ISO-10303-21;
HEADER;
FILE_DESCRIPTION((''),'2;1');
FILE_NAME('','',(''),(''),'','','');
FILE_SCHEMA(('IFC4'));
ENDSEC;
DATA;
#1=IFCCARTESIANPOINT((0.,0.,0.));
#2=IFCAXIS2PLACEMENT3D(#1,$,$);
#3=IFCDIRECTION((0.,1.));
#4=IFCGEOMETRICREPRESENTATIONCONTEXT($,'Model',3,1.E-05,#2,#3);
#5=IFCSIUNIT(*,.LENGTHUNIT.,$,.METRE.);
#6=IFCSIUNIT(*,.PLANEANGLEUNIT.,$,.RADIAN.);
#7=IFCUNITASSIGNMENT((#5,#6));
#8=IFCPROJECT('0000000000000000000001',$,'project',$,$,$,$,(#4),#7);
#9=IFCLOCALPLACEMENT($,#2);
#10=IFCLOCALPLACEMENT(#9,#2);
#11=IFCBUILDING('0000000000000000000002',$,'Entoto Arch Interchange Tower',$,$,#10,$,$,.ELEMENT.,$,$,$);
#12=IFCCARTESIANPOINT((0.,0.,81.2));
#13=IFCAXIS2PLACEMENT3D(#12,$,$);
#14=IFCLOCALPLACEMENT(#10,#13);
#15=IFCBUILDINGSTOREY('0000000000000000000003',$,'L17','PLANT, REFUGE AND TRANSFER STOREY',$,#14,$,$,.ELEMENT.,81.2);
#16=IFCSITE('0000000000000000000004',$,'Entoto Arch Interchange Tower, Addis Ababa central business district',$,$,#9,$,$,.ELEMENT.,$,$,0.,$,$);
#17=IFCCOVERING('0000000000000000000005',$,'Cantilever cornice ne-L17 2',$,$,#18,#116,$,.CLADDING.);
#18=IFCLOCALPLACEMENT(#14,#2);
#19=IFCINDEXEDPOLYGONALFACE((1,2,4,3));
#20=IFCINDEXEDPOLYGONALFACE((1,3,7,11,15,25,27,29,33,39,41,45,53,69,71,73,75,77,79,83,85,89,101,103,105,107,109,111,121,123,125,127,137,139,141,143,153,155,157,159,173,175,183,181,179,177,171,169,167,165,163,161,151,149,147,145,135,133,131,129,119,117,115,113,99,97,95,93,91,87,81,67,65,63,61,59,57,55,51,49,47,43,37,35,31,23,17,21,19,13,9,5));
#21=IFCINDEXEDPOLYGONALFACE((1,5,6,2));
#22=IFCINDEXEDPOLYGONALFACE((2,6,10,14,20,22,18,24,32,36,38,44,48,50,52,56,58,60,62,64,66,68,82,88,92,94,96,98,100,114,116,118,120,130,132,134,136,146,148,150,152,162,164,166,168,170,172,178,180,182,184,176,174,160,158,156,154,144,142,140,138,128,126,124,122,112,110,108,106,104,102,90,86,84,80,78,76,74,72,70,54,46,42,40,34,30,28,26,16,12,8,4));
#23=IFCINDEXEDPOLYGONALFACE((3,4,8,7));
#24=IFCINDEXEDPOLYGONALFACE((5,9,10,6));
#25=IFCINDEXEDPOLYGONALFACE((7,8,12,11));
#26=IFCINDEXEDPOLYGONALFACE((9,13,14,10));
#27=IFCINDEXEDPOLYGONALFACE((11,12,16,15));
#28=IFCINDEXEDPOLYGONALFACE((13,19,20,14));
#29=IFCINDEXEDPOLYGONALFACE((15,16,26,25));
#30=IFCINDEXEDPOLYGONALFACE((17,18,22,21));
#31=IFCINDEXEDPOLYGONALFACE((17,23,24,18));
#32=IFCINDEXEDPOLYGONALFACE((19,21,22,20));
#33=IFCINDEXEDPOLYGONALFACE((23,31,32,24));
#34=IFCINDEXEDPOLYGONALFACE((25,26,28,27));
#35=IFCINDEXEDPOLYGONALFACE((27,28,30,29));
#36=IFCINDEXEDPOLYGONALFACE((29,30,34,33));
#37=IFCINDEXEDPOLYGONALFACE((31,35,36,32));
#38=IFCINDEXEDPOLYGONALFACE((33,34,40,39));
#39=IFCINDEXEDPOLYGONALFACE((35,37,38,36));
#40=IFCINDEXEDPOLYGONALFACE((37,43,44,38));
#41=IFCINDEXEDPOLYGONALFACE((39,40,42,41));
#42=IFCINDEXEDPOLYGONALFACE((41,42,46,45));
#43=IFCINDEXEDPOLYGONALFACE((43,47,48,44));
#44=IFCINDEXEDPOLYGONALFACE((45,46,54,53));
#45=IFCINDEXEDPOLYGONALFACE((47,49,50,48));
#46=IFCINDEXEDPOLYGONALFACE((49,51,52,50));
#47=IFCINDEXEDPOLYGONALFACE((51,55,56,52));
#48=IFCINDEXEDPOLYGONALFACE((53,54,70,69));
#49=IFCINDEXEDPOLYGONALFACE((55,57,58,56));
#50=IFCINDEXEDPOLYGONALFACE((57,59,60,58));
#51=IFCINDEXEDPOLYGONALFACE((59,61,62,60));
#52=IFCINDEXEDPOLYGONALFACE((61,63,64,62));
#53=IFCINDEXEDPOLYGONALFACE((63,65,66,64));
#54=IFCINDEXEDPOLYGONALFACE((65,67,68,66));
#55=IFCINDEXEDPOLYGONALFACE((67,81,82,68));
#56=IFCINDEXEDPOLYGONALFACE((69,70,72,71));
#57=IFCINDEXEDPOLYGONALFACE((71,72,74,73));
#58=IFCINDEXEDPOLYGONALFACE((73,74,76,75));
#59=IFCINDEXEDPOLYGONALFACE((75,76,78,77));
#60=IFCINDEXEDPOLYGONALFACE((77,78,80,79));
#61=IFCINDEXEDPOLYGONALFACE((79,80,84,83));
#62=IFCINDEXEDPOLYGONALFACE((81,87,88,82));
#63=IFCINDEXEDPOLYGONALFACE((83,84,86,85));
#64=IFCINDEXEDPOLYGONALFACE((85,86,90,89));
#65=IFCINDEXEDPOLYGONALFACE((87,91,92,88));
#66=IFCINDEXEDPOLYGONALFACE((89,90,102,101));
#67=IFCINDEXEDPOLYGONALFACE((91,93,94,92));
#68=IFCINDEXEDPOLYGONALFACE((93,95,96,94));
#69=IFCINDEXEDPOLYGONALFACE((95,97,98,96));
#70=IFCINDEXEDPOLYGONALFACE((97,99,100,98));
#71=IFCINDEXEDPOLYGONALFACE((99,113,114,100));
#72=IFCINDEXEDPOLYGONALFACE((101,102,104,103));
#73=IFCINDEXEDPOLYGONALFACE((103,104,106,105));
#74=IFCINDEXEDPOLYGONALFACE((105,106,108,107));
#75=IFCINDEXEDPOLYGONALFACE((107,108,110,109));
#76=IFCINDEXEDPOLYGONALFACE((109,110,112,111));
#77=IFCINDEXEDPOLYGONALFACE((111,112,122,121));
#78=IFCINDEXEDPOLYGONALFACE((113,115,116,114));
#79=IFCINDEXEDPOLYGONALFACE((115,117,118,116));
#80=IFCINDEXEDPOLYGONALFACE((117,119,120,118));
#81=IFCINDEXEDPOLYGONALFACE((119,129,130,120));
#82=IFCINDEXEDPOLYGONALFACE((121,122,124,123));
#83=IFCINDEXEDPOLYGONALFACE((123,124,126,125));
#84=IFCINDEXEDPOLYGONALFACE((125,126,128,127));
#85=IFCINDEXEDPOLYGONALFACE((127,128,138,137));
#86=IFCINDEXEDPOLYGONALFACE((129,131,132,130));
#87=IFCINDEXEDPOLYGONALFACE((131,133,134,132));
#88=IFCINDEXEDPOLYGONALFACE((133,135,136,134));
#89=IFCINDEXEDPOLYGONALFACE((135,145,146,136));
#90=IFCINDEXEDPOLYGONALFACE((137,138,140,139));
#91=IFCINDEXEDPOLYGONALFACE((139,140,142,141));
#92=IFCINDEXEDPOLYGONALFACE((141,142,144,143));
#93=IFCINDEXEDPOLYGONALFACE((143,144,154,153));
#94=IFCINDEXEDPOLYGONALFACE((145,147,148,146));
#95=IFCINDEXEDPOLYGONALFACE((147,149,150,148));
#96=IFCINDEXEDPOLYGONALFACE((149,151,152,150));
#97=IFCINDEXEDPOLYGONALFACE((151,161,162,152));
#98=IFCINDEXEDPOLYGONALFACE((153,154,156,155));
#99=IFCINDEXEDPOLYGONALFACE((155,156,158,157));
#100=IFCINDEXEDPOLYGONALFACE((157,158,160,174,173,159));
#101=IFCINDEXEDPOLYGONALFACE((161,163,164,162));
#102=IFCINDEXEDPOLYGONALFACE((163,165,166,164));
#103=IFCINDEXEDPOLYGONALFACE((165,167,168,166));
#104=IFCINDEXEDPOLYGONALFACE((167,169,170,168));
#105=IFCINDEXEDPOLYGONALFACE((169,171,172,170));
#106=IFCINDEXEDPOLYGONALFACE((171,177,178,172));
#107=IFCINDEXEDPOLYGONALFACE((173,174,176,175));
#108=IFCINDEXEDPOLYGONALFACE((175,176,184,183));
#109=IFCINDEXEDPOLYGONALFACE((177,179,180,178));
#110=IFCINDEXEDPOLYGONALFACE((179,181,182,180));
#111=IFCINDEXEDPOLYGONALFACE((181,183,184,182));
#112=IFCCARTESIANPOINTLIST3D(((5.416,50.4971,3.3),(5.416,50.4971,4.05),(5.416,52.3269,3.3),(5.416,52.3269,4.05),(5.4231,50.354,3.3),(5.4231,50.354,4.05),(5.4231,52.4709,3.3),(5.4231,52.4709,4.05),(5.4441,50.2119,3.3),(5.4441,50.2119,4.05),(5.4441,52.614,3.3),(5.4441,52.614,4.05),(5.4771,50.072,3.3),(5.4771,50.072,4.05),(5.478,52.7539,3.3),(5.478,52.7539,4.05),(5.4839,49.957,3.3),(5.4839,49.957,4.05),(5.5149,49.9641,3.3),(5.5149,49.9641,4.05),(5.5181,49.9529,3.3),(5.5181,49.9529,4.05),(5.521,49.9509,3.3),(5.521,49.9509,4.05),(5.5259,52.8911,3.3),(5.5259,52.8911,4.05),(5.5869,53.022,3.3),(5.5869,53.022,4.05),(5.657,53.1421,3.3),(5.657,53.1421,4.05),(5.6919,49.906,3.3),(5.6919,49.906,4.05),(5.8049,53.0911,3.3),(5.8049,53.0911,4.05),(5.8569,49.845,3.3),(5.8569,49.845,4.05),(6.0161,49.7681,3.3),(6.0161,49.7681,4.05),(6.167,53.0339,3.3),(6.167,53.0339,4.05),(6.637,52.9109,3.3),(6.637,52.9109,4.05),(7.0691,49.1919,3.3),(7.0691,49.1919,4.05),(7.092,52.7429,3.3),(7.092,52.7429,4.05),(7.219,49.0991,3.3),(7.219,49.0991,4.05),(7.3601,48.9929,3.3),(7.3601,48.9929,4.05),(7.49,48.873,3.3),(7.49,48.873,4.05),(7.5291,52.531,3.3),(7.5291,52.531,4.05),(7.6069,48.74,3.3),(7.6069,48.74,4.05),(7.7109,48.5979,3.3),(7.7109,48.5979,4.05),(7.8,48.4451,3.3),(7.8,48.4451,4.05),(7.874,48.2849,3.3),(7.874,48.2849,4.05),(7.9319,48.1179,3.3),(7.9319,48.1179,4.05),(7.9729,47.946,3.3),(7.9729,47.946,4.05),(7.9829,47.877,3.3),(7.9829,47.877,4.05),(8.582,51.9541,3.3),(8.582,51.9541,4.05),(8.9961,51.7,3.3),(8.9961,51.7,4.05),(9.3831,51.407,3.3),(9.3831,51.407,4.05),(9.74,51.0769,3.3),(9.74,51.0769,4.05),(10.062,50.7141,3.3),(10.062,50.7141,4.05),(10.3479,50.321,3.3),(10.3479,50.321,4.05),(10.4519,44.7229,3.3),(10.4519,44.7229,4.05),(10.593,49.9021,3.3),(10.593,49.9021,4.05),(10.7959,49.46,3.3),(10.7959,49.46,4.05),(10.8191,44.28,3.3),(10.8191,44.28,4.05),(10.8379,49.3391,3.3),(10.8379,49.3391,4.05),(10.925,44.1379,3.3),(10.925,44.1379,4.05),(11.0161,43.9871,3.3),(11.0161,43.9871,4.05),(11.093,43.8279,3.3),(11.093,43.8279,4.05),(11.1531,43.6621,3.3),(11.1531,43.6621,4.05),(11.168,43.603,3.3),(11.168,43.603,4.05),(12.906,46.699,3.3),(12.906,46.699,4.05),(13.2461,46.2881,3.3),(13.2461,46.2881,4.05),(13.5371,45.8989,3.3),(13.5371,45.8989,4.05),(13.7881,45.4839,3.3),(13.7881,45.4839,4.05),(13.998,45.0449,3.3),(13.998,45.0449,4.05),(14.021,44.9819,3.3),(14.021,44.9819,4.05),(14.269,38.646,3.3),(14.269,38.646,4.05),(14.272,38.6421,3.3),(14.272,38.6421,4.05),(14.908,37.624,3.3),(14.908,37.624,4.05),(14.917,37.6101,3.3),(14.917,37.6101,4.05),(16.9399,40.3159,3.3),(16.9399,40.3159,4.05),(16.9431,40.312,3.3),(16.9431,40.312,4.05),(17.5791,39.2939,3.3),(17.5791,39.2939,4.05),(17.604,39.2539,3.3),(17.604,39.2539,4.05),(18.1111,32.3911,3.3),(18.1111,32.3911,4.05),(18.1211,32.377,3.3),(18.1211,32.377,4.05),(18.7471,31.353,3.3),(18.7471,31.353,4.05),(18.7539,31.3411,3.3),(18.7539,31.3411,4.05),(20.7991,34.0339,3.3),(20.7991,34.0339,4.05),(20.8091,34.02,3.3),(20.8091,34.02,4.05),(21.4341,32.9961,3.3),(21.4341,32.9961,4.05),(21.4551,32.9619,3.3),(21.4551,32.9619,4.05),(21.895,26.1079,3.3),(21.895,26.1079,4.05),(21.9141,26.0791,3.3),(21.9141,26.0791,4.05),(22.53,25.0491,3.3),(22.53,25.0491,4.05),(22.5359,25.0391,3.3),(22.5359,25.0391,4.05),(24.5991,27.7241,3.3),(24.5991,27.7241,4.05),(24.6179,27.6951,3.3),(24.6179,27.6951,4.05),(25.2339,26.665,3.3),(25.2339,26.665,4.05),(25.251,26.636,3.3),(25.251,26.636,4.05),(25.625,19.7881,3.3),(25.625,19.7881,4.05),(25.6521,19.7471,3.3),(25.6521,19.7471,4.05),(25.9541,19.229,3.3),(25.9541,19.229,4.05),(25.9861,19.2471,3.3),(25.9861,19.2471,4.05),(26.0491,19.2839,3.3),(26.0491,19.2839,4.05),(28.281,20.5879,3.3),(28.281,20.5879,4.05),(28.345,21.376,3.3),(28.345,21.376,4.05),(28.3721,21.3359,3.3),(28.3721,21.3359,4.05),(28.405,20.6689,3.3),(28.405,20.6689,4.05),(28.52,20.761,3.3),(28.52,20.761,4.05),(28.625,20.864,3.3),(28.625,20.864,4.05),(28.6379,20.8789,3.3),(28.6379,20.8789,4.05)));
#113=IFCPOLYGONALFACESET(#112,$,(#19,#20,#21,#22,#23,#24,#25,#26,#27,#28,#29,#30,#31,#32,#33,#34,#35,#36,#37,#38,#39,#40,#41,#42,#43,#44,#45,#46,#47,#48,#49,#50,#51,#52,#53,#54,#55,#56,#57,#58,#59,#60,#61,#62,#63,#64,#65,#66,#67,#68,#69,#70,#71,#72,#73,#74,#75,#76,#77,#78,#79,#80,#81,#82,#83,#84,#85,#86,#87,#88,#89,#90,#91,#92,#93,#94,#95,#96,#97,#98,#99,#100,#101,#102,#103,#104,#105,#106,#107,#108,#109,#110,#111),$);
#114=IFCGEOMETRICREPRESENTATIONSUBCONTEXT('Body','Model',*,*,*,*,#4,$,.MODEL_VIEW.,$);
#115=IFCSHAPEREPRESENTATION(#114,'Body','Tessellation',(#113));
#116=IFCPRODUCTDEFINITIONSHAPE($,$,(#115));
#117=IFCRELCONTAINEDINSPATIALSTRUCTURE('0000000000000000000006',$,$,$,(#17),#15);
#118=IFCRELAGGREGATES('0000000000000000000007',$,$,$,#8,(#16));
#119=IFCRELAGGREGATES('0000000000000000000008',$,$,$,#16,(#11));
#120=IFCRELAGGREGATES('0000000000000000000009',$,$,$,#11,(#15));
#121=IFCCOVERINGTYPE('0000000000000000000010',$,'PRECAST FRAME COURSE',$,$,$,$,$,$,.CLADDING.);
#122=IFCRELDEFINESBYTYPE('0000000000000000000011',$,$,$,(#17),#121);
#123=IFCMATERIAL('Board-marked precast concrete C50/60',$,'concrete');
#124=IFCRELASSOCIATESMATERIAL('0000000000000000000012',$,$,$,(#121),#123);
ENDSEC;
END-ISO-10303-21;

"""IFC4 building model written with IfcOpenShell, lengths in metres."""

from ifc_helpers import new_model, si_unit, direction, frame, origin, place, context, subcontext, project, spatial, polyline, outline, extrude, material, type_object, element, save


model = new_model("IFC4")

# Units and contexts
model_context = context("Model", 3, precision=1e-05, world=origin(), true_north=direction((0.0, 1.0)))
body_context = subcontext(model_context, "Body", "Model", "MODEL_VIEW")
ifc_project = project(units=[si_unit("LENGTHUNIT", "METRE"), si_unit("PLANEANGLEUNIT", "RADIAN")], contexts=[model_context])

# Site, building, storey
site_placement = place(None, origin())
site = spatial("IfcSite", under=ifc_project, at=site_placement, Name="Entoto Arch Interchange Tower, Addis Ababa central business district", CompositionType="ELEMENT", RefElevation=0.0)
building_placement = place(site_placement, origin())
building = spatial("IfcBuilding", under=site, at=building_placement, Name="Entoto Arch Interchange Tower", CompositionType="ELEMENT")
storey_placement = place(building_placement, frame((0.0, 0.0, 81.2)))
storey = spatial("IfcBuildingStorey", under=building, at=storey_placement, Name="L17", Description="PLANT, REFUGE AND TRANSFER STOREY", CompositionType="ELEMENT", Elevation=81.2)

# Covering
ifc_material_1 = material(Name="Board-marked precast concrete C50/60", Category="concrete")
covering_type = type_object("IfcCoveringType", Name="PRECAST FRAME COURSE", PredefinedType="CLADDING", material=ifc_material_1)
covering_1_placement = place(storey_placement, frame((0.0, 0.0, 3.3)))
element("IfcCovering", 1, at=covering_1_placement, inside=storey, type_object=covering_type, Name="Cantilever cornice ne-L17 2", PredefinedType="CLADDING", context=body_context, shape_type="SweptSolid", body=[
    extrude(outline(polyline([(5.4771, 50.072), (5.4441, 50.2119), (5.4231, 50.354), (5.416, 50.4971), (5.416, 52.3269), (5.4231, 52.4709), (5.4441, 52.614), (5.478, 52.7539), (5.5259, 52.8911), (5.5869, 53.022), (5.657, 53.1421), (5.8049, 53.0911), (6.167, 53.0339), (6.637, 52.9109), (7.092, 52.7429), (7.5291, 52.531), (8.582, 51.9541), (8.9961, 51.7), (9.3831, 51.407), (9.74, 51.0769), (10.062, 50.7141), (10.3479, 50.321), (10.593, 49.9021), (10.7959, 49.46), (10.8379, 49.3391), (12.906, 46.699), (13.2461, 46.2881), (13.5371, 45.8989), (13.7881, 45.4839), (13.998, 45.0449), (14.021, 44.9819), (16.9399, 40.3159), (16.9431, 40.312), (17.5791, 39.2939), (17.604, 39.2539), (20.7991, 34.0339), (20.8091, 34.02), (21.4341, 32.9961), (21.4551, 32.9619), (24.5991, 27.7241), (24.6179, 27.6951), (25.2339, 26.665), (25.251, 26.636), (28.345, 21.376), (28.3721, 21.3359), (28.6379, 20.8789), (28.625, 20.864), (28.52, 20.761), (28.405, 20.6689), (28.281, 20.5879), (26.0491, 19.2839), (25.9861, 19.2471), (25.9541, 19.229), (25.6521, 19.7471), (25.625, 19.7881), (22.5359, 25.0391), (22.53, 25.0491), (21.9141, 26.0791), (21.895, 26.1079), (18.7539, 31.3411), (18.7471, 31.353), (18.1211, 32.377), (18.1111, 32.3911), (14.917, 37.6101), (14.908, 37.624), (14.272, 38.6421), (14.269, 38.646), (11.168, 43.603), (11.1531, 43.6621), (11.093, 43.8279), (11.0161, 43.9871), (10.925, 44.1379), (10.8191, 44.28), (10.4519, 44.7229), (7.9829, 47.877), (7.9729, 47.946), (7.9319, 48.1179), (7.874, 48.2849), (7.8, 48.4451), (7.7109, 48.5979), (7.6069, 48.74), (7.49, 48.873), (7.3601, 48.9929), (7.219, 49.0991), (7.0691, 49.1919), (6.0161, 49.7681), (5.8569, 49.845), (5.6919, 49.906), (5.521, 49.9509), (5.4839, 49.957), (5.5181, 49.9529), (5.5149, 49.9641), (5.4771, 50.072)])), origin(), (0.0, 0.0, 1.0), 0.75),
])

save(model, "model.ifc")
